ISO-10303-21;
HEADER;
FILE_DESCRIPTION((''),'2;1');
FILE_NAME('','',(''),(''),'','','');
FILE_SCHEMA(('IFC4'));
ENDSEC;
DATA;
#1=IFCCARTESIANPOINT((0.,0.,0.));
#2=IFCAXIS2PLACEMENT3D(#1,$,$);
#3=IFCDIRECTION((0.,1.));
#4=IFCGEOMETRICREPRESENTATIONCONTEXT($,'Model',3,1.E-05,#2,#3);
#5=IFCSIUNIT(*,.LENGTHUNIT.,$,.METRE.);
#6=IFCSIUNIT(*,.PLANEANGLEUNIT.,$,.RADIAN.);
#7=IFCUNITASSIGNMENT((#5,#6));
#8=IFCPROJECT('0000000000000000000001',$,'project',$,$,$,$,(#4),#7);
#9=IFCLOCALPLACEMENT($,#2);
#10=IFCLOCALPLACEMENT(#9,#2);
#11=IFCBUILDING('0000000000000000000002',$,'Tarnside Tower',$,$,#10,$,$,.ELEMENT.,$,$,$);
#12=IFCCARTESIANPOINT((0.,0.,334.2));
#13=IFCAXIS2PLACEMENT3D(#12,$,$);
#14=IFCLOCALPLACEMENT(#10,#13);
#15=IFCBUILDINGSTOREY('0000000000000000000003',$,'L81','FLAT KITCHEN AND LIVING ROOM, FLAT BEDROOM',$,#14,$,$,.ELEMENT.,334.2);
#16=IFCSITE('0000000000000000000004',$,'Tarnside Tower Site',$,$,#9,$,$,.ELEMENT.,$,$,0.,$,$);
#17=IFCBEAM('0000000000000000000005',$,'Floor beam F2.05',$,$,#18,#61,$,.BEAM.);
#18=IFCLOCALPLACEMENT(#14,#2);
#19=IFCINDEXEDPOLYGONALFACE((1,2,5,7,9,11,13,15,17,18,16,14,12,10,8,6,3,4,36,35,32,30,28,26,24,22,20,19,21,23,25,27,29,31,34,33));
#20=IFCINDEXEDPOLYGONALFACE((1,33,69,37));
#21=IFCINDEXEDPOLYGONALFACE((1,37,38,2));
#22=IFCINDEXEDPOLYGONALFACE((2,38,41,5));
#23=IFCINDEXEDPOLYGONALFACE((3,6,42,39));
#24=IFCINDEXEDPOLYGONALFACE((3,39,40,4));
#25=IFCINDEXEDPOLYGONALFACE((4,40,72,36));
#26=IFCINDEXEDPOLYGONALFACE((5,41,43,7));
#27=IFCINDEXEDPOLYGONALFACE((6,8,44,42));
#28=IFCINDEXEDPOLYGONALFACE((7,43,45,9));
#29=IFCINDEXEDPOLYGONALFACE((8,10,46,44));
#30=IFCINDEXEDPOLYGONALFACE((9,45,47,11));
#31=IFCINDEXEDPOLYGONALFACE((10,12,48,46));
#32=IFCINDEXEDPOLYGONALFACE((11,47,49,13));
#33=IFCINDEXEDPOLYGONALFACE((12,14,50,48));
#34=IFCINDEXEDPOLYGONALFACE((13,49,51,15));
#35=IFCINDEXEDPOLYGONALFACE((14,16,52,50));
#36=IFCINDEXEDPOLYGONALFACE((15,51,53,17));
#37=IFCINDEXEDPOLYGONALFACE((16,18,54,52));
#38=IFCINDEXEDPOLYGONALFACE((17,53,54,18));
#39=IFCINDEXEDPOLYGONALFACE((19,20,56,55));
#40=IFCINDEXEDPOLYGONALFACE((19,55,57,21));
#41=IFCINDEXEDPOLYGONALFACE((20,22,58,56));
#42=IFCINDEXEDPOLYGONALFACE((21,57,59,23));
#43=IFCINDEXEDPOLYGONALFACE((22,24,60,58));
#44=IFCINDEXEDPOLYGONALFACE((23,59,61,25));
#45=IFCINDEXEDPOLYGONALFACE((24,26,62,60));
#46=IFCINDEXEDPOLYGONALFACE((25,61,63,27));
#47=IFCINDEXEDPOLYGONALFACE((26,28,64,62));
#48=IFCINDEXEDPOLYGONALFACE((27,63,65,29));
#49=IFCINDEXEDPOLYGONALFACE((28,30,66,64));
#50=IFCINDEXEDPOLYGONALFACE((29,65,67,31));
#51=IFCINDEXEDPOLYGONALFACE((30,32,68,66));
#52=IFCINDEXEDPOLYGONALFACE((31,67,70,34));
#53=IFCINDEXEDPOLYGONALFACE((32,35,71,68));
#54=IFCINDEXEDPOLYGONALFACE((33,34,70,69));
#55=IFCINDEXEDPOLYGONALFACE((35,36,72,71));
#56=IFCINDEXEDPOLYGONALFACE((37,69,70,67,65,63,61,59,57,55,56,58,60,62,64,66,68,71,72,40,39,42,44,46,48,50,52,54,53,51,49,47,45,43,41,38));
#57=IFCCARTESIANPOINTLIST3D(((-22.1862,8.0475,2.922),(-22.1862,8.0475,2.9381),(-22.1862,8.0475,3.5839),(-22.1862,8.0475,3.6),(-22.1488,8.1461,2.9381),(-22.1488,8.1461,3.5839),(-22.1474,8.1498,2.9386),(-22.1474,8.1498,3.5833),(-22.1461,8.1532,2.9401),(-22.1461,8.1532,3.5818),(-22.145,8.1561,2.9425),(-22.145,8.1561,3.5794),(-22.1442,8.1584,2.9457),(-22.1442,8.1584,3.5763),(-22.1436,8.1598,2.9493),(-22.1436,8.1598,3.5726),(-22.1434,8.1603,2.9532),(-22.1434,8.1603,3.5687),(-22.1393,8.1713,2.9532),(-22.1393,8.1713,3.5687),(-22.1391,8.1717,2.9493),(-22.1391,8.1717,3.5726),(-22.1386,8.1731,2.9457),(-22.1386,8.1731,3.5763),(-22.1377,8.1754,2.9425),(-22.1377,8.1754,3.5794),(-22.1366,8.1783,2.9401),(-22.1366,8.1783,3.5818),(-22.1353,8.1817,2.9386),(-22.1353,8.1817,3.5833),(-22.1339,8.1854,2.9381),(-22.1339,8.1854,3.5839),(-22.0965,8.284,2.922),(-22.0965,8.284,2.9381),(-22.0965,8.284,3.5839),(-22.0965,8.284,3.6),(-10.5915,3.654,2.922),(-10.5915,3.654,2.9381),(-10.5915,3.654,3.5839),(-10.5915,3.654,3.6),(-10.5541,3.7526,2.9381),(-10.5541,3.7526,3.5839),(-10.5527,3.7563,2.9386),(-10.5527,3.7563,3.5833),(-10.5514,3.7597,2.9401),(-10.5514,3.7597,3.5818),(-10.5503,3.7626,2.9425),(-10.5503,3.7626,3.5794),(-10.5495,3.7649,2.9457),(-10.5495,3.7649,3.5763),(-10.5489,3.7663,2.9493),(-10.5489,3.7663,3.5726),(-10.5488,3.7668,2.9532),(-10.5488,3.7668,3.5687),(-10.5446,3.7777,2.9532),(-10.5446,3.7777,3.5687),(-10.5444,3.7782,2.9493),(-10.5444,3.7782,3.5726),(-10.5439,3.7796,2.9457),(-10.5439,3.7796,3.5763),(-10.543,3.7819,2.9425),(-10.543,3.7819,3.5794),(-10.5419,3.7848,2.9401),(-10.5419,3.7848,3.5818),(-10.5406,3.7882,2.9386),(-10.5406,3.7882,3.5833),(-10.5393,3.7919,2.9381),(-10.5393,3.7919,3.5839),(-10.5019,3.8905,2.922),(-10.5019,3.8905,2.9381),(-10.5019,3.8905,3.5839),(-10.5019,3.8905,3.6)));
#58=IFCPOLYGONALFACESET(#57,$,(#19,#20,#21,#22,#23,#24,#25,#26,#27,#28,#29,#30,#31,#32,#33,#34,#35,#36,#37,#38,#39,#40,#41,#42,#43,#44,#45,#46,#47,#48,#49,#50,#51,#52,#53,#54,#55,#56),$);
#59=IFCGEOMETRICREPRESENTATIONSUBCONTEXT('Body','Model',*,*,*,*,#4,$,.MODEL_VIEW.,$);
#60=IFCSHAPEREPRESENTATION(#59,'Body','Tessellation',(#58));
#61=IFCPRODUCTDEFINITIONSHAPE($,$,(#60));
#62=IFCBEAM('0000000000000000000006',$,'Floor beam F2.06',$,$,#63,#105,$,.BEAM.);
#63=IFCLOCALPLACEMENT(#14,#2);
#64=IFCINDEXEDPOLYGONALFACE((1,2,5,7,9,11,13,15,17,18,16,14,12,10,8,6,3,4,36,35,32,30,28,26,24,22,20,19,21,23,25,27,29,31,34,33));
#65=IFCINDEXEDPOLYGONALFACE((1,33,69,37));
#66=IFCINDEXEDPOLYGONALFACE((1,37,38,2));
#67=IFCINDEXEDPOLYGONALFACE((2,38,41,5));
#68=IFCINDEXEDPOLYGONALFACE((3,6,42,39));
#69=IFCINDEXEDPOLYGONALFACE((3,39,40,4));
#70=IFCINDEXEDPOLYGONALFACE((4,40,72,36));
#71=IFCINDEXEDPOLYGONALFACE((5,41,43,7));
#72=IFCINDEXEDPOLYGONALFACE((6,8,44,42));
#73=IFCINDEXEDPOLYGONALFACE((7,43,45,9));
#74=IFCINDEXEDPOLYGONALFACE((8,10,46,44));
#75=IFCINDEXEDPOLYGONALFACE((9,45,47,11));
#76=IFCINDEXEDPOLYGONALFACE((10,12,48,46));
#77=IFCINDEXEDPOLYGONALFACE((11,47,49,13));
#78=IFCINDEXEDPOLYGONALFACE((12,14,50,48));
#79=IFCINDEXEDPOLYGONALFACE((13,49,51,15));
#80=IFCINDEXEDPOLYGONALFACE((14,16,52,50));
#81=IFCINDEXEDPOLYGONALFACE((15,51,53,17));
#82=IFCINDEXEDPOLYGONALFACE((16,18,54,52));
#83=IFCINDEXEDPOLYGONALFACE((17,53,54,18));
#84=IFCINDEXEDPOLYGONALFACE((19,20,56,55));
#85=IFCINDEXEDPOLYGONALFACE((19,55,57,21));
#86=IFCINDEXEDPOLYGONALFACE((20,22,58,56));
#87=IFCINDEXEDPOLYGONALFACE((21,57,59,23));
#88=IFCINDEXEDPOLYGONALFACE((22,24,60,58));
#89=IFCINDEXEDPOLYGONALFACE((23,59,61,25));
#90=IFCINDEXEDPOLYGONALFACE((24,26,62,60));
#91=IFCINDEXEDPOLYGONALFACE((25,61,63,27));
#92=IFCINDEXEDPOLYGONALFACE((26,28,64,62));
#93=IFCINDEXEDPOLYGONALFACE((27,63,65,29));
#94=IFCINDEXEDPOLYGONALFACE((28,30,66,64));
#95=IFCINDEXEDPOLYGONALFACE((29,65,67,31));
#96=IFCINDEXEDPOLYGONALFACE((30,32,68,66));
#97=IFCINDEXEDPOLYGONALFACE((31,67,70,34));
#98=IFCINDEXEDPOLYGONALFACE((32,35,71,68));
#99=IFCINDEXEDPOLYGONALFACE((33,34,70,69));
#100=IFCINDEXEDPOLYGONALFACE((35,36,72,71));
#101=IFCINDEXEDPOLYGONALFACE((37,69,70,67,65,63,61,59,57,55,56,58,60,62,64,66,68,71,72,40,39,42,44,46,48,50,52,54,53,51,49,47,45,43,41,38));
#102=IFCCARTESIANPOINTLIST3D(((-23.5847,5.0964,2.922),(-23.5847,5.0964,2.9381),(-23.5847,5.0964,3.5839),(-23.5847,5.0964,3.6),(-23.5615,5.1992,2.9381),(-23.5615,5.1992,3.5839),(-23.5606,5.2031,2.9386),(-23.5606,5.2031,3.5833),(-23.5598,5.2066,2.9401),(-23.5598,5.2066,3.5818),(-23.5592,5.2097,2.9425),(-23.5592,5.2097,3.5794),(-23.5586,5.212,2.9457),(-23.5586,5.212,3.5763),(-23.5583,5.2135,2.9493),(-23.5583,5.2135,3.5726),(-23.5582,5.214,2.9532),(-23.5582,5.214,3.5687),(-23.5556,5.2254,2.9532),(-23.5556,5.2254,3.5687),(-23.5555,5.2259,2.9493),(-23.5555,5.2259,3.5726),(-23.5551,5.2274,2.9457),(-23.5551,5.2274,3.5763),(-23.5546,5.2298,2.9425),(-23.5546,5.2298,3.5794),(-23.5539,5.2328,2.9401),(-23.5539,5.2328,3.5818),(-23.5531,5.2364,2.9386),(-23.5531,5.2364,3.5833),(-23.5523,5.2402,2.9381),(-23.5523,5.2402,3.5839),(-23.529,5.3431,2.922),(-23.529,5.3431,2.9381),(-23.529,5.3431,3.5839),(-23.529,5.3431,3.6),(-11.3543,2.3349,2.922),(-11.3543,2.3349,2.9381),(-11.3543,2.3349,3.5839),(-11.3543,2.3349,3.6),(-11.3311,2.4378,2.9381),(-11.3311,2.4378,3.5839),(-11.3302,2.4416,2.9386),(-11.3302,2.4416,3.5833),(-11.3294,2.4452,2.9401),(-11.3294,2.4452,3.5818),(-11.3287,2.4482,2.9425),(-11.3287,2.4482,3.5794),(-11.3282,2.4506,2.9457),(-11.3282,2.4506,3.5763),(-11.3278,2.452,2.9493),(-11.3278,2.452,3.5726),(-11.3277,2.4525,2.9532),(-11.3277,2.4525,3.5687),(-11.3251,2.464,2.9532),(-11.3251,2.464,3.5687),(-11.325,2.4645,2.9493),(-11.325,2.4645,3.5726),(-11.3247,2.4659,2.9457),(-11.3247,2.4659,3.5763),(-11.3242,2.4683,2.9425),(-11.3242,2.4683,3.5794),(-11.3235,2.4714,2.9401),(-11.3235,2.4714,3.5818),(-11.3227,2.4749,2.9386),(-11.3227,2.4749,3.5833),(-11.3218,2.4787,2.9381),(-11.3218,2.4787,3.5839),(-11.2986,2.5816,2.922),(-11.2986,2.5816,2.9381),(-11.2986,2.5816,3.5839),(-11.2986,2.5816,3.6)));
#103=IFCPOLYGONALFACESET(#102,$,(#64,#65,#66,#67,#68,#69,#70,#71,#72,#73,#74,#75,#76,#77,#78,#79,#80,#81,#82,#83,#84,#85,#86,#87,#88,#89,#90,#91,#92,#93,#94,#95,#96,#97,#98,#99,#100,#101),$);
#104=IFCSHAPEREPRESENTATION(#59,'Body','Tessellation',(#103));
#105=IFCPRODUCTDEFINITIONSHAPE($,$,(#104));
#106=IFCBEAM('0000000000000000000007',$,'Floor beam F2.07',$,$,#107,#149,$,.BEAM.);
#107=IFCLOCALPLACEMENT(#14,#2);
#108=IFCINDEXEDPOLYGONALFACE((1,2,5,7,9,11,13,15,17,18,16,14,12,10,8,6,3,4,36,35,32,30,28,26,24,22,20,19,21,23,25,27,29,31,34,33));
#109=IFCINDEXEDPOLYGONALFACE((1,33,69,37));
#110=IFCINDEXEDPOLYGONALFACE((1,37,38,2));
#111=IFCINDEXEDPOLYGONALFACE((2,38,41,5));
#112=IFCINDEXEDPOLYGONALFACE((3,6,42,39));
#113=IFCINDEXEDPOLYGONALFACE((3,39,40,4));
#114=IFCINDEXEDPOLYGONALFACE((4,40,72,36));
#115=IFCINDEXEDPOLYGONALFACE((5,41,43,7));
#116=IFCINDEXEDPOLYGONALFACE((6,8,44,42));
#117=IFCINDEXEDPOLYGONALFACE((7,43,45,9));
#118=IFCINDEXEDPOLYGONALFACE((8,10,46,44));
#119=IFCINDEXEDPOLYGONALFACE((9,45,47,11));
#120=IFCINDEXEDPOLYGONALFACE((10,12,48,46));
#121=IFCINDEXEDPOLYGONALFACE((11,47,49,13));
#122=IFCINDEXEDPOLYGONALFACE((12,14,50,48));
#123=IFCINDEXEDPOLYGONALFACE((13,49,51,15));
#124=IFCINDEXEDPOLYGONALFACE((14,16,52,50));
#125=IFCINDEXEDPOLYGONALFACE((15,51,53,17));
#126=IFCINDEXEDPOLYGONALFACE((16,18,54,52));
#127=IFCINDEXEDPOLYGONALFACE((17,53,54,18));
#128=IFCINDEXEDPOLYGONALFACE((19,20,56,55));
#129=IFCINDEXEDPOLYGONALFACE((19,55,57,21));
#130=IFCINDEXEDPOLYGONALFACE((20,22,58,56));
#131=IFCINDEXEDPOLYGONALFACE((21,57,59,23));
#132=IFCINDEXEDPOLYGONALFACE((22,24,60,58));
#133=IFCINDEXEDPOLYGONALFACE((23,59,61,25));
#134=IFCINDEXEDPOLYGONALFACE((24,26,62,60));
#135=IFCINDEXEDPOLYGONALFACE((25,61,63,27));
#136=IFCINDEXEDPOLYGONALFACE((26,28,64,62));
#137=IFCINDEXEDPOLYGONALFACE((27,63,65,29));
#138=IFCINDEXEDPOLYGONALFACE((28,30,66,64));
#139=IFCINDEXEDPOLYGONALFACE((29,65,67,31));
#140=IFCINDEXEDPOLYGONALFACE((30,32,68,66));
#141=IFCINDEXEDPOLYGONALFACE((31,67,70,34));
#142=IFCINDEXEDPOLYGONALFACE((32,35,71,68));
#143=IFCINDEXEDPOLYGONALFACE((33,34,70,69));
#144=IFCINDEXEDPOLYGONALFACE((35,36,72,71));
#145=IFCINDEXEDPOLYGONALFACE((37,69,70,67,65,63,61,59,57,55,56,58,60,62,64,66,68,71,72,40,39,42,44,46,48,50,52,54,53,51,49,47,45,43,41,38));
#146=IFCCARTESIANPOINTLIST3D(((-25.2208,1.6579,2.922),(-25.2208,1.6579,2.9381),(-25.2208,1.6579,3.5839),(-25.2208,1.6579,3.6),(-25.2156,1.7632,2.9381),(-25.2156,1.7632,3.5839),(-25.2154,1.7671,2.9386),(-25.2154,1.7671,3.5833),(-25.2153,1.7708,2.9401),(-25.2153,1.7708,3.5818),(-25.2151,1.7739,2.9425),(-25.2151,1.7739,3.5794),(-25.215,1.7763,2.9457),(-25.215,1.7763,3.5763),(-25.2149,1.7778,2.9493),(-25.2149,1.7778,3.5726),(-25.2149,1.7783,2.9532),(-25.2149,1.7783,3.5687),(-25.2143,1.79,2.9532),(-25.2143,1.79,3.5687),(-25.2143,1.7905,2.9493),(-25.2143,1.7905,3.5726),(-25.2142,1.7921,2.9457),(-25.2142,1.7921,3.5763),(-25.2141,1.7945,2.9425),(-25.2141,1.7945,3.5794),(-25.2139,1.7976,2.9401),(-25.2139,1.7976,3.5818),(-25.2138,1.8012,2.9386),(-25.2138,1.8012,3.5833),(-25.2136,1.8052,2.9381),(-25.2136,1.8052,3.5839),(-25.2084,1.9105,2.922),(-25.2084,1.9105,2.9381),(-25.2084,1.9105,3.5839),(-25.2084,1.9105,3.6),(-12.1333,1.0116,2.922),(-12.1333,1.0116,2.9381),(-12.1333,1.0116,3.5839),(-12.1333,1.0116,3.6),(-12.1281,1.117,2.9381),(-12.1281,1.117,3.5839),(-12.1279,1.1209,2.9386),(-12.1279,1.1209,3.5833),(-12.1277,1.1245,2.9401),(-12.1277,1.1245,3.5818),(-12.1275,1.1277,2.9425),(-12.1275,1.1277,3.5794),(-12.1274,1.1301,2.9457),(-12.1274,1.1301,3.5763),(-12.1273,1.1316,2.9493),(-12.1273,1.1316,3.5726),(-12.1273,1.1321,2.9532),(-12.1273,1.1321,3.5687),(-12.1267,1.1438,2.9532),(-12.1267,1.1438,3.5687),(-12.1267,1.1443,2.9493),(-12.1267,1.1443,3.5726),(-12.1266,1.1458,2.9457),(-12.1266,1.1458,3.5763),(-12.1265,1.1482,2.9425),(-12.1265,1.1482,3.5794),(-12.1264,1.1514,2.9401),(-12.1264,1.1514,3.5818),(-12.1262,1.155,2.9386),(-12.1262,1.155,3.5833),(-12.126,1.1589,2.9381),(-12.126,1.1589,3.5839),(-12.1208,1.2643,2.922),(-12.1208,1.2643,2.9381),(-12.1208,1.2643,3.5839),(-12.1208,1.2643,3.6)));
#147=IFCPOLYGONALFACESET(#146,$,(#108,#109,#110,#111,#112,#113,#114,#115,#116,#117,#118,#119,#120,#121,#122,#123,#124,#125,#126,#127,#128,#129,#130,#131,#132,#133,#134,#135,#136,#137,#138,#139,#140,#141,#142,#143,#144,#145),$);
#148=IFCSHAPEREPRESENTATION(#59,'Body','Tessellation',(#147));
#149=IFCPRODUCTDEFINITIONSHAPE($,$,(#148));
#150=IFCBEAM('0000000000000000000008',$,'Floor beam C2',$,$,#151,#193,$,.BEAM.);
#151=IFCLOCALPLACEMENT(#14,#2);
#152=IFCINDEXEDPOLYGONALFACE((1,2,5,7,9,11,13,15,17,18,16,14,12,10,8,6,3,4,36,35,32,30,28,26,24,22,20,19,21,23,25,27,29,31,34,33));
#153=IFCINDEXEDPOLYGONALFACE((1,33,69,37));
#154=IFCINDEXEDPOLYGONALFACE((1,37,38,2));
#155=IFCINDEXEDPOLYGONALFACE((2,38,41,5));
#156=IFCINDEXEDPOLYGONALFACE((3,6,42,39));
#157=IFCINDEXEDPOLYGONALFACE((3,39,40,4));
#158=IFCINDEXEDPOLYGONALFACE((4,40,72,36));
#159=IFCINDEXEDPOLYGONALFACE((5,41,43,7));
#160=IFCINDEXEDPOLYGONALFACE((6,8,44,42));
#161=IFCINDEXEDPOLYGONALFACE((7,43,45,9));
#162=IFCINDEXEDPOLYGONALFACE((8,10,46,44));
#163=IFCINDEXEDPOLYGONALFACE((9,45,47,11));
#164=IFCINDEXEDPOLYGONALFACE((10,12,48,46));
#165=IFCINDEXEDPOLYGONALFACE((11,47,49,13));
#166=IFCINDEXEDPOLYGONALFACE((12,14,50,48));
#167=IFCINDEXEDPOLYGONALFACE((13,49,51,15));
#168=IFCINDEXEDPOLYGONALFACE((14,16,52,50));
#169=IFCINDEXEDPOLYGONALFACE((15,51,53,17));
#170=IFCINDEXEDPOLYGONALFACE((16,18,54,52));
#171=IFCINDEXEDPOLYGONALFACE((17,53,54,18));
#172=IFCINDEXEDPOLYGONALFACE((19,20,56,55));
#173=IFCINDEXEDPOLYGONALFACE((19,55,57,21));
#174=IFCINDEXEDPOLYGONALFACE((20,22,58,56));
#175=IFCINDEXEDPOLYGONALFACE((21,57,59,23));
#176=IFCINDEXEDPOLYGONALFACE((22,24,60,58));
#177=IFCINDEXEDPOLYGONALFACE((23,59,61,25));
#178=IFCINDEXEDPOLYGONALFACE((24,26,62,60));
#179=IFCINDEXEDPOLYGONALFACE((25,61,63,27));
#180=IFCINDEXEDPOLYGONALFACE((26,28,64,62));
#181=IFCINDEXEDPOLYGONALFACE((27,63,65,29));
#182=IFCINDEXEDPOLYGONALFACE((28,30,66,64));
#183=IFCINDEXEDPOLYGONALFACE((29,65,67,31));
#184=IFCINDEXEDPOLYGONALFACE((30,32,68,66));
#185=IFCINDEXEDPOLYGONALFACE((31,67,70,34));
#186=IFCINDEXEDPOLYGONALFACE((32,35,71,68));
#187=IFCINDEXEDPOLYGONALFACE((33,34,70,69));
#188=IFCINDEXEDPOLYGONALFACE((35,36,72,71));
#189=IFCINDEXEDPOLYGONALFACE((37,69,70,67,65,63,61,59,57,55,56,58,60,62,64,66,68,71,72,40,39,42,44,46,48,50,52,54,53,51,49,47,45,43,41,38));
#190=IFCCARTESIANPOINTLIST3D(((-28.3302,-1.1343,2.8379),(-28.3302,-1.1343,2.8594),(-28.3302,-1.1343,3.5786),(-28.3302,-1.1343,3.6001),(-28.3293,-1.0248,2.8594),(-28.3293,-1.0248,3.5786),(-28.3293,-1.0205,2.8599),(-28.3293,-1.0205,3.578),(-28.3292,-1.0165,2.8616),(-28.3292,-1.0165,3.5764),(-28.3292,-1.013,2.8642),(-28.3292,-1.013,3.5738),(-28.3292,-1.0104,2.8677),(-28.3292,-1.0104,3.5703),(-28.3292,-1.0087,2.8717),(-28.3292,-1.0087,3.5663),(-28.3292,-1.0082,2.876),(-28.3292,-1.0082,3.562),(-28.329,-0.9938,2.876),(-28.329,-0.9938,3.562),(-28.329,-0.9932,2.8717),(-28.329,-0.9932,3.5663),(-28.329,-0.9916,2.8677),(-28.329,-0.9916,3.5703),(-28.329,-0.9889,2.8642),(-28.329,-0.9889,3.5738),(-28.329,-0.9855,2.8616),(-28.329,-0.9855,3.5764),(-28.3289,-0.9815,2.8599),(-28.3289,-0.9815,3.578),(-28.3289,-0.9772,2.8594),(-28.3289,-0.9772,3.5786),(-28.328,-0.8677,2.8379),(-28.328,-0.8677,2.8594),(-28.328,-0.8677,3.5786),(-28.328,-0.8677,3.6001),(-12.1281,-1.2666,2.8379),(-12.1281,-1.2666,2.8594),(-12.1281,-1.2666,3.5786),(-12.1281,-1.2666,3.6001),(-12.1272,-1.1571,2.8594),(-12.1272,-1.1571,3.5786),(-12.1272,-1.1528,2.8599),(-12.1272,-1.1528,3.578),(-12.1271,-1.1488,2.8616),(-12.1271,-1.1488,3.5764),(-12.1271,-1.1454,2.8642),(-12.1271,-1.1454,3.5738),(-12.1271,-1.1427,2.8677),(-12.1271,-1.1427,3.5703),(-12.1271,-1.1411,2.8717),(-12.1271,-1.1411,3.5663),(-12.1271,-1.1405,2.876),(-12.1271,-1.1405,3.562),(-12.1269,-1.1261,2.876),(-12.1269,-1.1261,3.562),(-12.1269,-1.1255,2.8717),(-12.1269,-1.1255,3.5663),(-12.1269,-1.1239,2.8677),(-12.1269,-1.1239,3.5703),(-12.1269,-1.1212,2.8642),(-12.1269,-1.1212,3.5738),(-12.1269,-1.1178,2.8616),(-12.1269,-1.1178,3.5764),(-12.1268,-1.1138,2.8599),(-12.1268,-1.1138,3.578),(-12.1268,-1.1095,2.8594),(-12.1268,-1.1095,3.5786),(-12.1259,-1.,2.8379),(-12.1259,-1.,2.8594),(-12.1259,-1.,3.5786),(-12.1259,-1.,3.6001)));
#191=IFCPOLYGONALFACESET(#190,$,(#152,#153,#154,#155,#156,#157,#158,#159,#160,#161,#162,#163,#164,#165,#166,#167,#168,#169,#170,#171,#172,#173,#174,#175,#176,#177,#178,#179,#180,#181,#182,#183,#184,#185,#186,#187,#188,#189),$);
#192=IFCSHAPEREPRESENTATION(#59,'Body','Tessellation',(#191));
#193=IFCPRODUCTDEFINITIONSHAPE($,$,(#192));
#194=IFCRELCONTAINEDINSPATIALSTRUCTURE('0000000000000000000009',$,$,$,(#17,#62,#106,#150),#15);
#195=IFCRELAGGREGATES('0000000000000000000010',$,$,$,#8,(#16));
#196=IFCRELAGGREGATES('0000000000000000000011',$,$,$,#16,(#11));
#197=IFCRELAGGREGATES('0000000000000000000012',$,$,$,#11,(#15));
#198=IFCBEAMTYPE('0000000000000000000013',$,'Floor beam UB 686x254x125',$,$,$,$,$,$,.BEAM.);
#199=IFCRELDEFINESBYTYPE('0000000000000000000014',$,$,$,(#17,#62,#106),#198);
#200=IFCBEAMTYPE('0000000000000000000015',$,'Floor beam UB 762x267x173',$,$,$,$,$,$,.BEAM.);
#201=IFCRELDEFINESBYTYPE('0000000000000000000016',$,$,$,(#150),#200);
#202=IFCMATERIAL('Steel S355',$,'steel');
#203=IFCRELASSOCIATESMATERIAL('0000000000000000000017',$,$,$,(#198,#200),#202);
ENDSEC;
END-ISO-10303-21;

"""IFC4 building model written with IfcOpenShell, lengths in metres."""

from ifc_helpers import new_model, si_unit, direction, frame, origin, origin_2d, place, context, subcontext, project, spatial, i_section, extrude, material, material_profile, profile_set, type_object, element, save


model = new_model("IFC4")

# Units and contexts
model_context = context("Model", 3, precision=1e-05, world=origin(), true_north=direction((0.0, 1.0)))
body_context = subcontext(model_context, "Body", "Model", "MODEL_VIEW")
ifc_project = project(units=[si_unit("LENGTHUNIT", "METRE"), si_unit("PLANEANGLEUNIT", "RADIAN")], contexts=[model_context])

# Site, building, storey
site_placement = place(None, origin())
site = spatial("IfcSite", under=ifc_project, at=site_placement, Name="Tarnside Tower Site", CompositionType="ELEMENT", RefElevation=0.0)
building_placement = place(site_placement, origin())
building = spatial("IfcBuilding", under=site, at=building_placement, Name="Tarnside Tower", CompositionType="ELEMENT")
storey_placement = place(building_placement, frame((0.0, 0.0, 334.2)))
storey = spatial("IfcBuildingStorey", under=building, at=storey_placement, Name="L81", Description="FLAT KITCHEN AND LIVING ROOM, FLAT BEDROOM", CompositionType="ELEMENT", Elevation=334.2)

# Beams
ifc_material_1 = material(Name="Steel S355", Category="steel")
ifc_material_profile_1 = material_profile(ifc_material_1, i_section(OverallWidth=0.2529, OverallDepth=0.678, WebThickness=0.0117, FlangeThickness=0.0161, FilletRadius=0.0151, at=origin_2d()), Name="UB 686x254x125")
ifc_profile_set_1 = profile_set([ifc_material_profile_1], Name="Steel S355")
beam_type_1 = type_object("IfcBeamType", Name="Floor beam UB 686x254x125", PredefinedType="BEAM", material=ifc_profile_set_1)
beam_1_placement = place(storey_placement, frame((-22.1414, 8.1658, 3.261), z_axis=(0.935116, -0.354341, 0.0), x_axis=(0.354341, 0.935116, 0.0)))
element("IfcBeam", 1, at=beam_1_placement, inside=storey, type_object=beam_type_1, Name="Floor beam F2.05", PredefinedType="BEAM", context=body_context, shape_type="SweptSolid", body=[
    extrude(i_section(OverallWidth=0.2529, OverallDepth=0.678, WebThickness=0.0117, FlangeThickness=0.0161, FilletRadius=0.0151, at=origin_2d()), origin(), (0.0, 0.0, 1.0), 12.3992),
])
beam_2_placement = place(storey_placement, frame((-23.5569, 5.2197, 3.261), z_axis=(0.975445, -0.220242, 0.0), x_axis=(0.220242, 0.975445, 0.0)))
element("IfcBeam", 2, at=beam_2_placement, inside=storey, type_object=beam_type_1, Name="Floor beam F2.06", PredefinedType="BEAM", context=body_context, shape_type="SweptSolid", body=[
    extrude(i_section(OverallWidth=0.2529, OverallDepth=0.678, WebThickness=0.0117, FlangeThickness=0.0161, FilletRadius=0.0151, at=origin_2d()), origin(), (0.0, 0.0, 1.0), 12.5383),
])
beam_3_placement = place(storey_placement, frame((-25.2146, 1.7842, 3.261), z_axis=(0.998783, -0.049318, 0.0), x_axis=(0.049318, 0.998783, 0.0)))
element("IfcBeam", 3, at=beam_3_placement, inside=storey, type_object=beam_type_1, Name="Floor beam F2.07", PredefinedType="BEAM", context=body_context, shape_type="SweptSolid", body=[
    extrude(i_section(OverallWidth=0.2529, OverallDepth=0.678, WebThickness=0.0117, FlangeThickness=0.0161, FilletRadius=0.0151, at=origin_2d()), origin(), (0.0, 0.0, 1.0), 13.1035),
])
ifc_material_profile_2 = material_profile(ifc_material_1, i_section(OverallWidth=0.2666, OverallDepth=0.7622, WebThickness=0.0144, FlangeThickness=0.0215, FilletRadius=0.0166, at=origin_2d()), Name="UB 762x267x173")
ifc_profile_set_2 = profile_set([ifc_material_profile_2], Name="Steel S355")
beam_type_2 = type_object("IfcBeamType", Name="Floor beam UB 762x267x173", PredefinedType="BEAM", material=ifc_profile_set_2)
beam_4_placement = place(storey_placement, frame((-28.3291, -1.001, 3.219), z_axis=(0.999967, -0.008167, 0.0), x_axis=(0.008167, 0.999967, 0.0)))
element("IfcBeam", 4, at=beam_4_placement, inside=storey, type_object=beam_type_2, Name="Floor beam C2", PredefinedType="BEAM", context=body_context, shape_type="SweptSolid", body=[
    extrude(i_section(OverallWidth=0.2666, OverallDepth=0.7622, WebThickness=0.0144, FlangeThickness=0.0215, FilletRadius=0.0166, at=origin_2d()), origin(), (0.0, 0.0, 1.0), 16.2026),
])

save(model, "model.ifc")
